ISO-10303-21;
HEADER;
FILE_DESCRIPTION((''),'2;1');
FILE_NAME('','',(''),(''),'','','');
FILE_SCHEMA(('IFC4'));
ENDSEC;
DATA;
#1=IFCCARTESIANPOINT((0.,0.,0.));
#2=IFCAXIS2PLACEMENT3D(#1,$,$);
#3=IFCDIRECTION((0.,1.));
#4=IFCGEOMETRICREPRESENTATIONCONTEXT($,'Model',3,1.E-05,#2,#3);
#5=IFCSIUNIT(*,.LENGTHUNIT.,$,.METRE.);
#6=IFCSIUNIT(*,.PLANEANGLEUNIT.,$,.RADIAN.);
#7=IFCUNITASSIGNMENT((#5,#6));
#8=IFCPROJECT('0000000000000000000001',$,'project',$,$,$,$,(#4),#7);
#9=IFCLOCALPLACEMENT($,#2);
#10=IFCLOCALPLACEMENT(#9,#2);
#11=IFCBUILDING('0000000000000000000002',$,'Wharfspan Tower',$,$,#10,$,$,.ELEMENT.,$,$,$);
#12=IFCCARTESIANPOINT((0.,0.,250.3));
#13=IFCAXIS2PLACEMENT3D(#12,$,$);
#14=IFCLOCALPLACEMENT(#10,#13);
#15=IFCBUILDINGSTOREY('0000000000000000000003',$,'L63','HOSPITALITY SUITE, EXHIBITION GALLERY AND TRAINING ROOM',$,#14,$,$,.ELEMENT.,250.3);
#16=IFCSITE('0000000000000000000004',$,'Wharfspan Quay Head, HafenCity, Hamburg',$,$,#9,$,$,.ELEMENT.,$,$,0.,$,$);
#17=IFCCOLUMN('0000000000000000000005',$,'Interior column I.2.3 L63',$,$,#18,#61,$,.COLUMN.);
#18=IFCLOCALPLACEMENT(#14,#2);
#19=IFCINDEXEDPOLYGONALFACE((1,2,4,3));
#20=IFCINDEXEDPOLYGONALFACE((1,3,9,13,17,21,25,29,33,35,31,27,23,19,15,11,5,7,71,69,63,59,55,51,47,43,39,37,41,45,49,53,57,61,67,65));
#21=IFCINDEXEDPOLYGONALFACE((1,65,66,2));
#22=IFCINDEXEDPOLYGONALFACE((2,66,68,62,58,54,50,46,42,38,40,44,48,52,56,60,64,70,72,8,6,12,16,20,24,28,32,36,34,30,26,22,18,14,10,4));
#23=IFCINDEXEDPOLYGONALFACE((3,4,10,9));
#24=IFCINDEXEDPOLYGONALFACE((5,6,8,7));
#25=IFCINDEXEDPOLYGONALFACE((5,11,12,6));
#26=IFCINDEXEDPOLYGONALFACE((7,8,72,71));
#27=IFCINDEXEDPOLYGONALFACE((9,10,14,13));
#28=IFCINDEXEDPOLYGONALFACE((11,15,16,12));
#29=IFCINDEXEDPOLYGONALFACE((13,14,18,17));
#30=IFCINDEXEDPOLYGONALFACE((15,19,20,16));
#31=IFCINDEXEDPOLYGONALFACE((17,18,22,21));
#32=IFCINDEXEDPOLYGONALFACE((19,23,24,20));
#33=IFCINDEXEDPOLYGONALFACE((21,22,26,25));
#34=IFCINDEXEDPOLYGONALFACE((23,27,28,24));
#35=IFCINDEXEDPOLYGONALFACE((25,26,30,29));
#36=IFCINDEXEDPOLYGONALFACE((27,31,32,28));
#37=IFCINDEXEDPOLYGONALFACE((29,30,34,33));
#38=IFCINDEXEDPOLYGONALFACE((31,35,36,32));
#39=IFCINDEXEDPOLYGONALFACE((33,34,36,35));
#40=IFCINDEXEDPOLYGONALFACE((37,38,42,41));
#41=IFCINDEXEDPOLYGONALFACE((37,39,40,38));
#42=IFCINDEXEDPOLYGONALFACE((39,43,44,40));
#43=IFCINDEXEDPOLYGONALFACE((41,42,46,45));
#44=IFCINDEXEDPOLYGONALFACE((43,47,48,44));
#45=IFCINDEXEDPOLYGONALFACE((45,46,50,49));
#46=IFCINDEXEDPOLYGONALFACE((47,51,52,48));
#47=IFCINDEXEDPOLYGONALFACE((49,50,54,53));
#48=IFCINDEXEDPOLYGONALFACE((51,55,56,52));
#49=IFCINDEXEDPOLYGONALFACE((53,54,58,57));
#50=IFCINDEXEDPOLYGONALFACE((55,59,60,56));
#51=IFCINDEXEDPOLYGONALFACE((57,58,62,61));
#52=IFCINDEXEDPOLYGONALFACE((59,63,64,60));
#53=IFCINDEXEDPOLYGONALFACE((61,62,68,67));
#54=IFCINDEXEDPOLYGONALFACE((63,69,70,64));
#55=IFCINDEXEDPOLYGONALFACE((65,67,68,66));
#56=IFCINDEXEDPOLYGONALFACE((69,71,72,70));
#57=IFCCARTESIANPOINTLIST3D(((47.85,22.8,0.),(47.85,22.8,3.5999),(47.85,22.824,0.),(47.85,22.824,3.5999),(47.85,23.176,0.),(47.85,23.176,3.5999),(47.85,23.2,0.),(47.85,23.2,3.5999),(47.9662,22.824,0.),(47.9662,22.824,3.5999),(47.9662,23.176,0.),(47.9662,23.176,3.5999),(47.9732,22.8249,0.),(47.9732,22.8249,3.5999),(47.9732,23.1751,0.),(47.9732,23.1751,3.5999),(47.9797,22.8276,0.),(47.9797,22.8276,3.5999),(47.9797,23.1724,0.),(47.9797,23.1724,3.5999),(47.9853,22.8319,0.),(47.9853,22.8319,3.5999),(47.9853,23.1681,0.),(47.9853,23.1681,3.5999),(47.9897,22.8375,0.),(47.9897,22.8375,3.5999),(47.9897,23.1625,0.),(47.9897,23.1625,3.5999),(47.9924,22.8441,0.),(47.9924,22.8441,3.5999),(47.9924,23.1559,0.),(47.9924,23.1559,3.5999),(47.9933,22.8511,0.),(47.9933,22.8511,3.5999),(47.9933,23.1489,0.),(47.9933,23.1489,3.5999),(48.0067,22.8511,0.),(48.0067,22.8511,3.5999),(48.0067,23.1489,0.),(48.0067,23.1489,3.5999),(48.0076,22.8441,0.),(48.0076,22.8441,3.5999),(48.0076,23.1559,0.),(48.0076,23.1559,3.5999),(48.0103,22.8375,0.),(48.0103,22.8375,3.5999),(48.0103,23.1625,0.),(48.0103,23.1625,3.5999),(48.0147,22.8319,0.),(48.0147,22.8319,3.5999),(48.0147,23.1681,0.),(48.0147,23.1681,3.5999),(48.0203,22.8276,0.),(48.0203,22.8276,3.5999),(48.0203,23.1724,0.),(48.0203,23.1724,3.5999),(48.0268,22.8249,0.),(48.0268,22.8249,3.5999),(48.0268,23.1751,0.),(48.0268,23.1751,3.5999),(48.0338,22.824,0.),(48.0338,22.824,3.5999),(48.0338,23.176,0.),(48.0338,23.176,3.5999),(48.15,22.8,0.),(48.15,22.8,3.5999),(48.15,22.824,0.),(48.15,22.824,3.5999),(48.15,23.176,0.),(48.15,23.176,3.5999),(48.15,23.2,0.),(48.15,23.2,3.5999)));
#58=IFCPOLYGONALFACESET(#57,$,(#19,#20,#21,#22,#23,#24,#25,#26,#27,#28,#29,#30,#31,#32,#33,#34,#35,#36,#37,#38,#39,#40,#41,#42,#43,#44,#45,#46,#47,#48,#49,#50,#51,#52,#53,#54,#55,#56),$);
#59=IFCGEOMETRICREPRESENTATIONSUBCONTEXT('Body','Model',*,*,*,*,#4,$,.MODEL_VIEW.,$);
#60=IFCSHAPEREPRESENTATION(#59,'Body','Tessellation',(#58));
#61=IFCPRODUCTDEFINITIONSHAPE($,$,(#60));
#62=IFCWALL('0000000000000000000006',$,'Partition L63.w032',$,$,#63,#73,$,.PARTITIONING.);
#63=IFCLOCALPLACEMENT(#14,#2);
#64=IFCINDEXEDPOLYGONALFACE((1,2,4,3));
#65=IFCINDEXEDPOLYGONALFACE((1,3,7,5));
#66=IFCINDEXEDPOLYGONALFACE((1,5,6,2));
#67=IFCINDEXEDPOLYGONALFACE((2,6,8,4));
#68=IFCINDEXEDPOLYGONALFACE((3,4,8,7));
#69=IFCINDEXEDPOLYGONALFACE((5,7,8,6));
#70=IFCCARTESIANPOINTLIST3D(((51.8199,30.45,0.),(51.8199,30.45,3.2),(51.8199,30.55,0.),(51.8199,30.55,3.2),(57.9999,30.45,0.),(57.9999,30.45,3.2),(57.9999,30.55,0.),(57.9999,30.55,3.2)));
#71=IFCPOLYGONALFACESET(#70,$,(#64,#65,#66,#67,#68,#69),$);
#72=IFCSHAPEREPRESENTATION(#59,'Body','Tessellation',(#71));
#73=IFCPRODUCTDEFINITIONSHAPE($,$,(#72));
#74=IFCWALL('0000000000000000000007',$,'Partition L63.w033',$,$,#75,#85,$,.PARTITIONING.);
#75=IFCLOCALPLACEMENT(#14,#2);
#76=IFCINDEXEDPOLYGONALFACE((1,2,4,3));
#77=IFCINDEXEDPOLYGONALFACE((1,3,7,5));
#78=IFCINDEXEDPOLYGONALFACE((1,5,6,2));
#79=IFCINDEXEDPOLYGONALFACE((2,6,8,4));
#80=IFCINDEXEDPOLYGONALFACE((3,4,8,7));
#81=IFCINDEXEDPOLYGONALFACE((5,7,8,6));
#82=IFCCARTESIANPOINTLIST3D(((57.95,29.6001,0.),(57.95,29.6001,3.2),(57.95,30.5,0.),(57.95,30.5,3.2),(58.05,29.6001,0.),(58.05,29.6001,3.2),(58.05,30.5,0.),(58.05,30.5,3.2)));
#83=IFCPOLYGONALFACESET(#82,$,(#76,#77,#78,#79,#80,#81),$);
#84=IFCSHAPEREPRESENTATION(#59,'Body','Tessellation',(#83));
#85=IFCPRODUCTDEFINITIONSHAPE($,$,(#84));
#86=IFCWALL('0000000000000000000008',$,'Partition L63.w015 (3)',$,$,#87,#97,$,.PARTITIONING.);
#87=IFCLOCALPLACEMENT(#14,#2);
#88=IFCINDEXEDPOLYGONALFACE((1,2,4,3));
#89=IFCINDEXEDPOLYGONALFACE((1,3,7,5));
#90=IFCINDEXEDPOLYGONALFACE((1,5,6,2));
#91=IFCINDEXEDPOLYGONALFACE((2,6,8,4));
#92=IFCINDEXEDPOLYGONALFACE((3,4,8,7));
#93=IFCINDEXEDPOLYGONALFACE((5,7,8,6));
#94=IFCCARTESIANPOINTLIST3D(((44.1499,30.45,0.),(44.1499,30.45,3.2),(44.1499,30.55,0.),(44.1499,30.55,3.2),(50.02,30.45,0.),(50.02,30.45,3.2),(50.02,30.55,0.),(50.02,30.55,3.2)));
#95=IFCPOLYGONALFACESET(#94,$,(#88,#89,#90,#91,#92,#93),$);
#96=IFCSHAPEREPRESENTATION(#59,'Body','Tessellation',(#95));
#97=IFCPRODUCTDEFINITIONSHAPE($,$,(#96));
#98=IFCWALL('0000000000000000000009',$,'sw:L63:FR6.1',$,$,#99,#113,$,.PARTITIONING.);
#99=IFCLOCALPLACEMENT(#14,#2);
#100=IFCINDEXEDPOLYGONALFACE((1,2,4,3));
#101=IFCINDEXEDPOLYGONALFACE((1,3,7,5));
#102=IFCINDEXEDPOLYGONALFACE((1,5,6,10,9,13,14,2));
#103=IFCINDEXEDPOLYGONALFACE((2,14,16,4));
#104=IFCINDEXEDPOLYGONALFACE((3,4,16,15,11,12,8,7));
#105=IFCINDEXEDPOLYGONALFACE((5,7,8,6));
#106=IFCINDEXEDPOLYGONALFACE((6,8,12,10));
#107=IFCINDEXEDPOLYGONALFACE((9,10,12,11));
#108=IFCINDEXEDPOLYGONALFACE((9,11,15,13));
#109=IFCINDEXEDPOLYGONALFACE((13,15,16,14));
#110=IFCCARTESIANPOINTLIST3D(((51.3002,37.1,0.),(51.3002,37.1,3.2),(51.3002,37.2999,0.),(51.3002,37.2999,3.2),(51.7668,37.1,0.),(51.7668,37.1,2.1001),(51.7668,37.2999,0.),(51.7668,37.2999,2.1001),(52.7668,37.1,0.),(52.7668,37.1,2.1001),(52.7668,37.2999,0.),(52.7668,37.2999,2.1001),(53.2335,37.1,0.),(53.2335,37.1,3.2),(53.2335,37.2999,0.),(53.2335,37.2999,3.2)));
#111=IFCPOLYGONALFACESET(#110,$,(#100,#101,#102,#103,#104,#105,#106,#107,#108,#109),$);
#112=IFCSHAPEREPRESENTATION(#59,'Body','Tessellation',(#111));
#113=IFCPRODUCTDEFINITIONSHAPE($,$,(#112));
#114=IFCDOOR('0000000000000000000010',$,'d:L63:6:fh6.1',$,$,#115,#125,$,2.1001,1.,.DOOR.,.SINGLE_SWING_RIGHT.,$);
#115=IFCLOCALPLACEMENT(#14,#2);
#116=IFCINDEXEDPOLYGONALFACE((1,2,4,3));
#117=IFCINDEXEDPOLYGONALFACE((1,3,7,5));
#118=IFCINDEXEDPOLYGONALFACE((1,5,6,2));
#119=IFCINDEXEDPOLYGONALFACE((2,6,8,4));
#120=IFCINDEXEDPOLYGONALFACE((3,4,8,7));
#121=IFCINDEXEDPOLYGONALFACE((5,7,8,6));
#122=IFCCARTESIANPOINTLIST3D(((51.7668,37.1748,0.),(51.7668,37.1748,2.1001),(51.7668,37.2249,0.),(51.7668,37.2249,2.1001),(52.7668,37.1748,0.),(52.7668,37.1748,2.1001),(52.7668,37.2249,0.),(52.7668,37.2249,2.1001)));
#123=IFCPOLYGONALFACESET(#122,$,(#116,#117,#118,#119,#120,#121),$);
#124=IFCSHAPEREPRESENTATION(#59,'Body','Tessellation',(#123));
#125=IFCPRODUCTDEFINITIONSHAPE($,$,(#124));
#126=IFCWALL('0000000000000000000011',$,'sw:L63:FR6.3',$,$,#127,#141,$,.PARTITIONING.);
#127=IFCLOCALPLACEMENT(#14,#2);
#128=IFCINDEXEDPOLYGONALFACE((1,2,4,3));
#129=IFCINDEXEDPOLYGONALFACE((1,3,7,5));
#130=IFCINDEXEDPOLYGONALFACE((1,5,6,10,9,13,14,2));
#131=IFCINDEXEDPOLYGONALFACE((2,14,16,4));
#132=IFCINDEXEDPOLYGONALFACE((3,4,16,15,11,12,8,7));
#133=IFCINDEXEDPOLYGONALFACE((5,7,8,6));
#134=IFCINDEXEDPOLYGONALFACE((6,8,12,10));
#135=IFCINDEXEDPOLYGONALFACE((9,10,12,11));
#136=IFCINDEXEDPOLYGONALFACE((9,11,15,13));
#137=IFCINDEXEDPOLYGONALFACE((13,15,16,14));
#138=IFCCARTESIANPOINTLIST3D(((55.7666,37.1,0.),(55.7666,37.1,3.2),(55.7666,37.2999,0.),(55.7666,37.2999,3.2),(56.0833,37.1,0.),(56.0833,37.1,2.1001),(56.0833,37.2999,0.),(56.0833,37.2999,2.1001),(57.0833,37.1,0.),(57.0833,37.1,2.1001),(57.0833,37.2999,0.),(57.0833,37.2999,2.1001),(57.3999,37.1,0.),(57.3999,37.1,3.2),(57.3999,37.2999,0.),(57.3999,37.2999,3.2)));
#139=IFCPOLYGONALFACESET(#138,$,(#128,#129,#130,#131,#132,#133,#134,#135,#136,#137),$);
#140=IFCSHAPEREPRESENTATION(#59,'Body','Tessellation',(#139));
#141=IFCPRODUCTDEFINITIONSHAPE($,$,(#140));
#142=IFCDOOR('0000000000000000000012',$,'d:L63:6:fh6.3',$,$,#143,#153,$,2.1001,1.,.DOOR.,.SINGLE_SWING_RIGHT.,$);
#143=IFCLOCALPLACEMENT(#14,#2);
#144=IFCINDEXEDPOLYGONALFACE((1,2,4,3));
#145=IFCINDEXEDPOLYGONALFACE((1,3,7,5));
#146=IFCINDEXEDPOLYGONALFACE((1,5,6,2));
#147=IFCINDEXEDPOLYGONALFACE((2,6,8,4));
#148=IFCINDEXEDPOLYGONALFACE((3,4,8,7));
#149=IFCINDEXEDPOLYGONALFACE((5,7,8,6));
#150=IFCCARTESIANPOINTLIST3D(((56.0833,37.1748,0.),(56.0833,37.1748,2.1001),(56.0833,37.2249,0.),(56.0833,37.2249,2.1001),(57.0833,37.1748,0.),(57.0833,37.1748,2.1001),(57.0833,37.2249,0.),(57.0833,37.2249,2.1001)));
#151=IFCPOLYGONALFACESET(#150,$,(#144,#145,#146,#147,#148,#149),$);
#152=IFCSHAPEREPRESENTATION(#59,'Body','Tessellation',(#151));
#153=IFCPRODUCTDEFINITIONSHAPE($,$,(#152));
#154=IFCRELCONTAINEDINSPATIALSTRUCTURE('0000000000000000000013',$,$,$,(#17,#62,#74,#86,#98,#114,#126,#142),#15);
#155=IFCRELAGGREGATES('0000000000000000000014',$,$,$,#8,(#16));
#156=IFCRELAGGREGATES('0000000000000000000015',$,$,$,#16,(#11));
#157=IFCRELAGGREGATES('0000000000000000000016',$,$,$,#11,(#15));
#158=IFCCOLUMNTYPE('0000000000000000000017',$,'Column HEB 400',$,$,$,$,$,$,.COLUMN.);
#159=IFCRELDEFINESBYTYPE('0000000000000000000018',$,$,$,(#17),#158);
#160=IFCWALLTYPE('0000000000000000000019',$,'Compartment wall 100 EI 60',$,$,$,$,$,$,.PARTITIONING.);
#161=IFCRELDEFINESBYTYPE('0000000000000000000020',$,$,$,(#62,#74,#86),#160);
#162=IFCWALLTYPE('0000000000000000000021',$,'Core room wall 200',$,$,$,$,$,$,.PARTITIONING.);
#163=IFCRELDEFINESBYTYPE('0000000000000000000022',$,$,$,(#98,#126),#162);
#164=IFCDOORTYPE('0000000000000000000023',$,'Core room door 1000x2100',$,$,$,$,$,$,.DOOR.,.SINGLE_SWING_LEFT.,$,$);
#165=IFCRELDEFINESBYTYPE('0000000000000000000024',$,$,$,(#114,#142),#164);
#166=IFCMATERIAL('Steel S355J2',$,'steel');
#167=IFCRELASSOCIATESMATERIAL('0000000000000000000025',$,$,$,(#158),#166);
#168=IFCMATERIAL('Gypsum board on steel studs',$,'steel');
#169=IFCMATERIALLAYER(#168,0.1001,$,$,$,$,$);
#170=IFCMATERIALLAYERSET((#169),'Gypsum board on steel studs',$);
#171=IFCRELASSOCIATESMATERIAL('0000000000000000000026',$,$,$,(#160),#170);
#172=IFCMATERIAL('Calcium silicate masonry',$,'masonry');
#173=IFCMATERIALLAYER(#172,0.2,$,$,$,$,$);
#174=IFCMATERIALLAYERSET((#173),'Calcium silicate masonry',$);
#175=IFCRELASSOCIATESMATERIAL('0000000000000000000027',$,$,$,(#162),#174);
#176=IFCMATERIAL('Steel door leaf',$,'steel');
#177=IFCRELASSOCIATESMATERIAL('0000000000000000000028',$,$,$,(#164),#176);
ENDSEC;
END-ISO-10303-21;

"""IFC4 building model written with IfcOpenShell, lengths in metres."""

from ifc_helpers import new_model, si_unit, direction, frame, frame_2d, origin, origin_2d, place, context, subcontext, project, spatial, rectangle, i_section, extrude, material, layer, layer_set, material_profile, profile_set, type_object, element, fill, save


model = new_model("IFC4")

# Units and contexts
model_context = context("Model", 3, precision=1e-05, world=origin(), true_north=direction((0.0, 1.0)))
body_context = subcontext(model_context, "Body", "Model", "MODEL_VIEW")
ifc_project = project(units=[si_unit("LENGTHUNIT", "METRE"), si_unit("PLANEANGLEUNIT", "RADIAN")], contexts=[model_context])

# Site, building, storey
site_placement = place(None, origin())
site = spatial("IfcSite", under=ifc_project, at=site_placement, Name="Wharfspan Quay Head, HafenCity, Hamburg", CompositionType="ELEMENT", RefElevation=0.0)
building_placement = place(site_placement, origin())
building = spatial("IfcBuilding", under=site, at=building_placement, Name="Wharfspan Tower", CompositionType="ELEMENT")
storey_placement = place(building_placement, frame((0.0, 0.0, 250.3)))
storey = spatial("IfcBuildingStorey", under=building, at=storey_placement, Name="L63", Description="HOSPITALITY SUITE, EXHIBITION GALLERY AND TRAINING ROOM", CompositionType="ELEMENT", Elevation=250.3)

# Column
ifc_material_1 = material(Name="Steel S355J2", Category="steel")
ifc_material_profile = material_profile(ifc_material_1, i_section(OverallWidth=0.3, OverallDepth=0.3999, WebThickness=0.0134, FlangeThickness=0.0239, FilletRadius=0.0271, at=origin_2d()))
ifc_profile_set = profile_set([ifc_material_profile], Name="Steel S355J2")
column_type = type_object("IfcColumnType", Name="Column HEB 400", PredefinedType="COLUMN", material=ifc_profile_set)
column_placement = place(storey_placement, frame((48.0, 23.0, 0.0), z_axis=(0.0, 0.0, 1.0), x_axis=(1.0, 0.0, 0.0)))
element("IfcColumn", 1, at=column_placement, inside=storey, type_object=column_type, Name="Interior column I.2.3 L63", PredefinedType="COLUMN", context=body_context, shape_type="SweptSolid", body=[
    extrude(i_section(OverallWidth=0.3, OverallDepth=0.3999, WebThickness=0.0134, FlangeThickness=0.0239, FilletRadius=0.0271, at=origin_2d()), origin(), (0.0, 0.0, 1.0), 3.5999),
])

# Walls
ifc_material_2 = material(Name="Gypsum board on steel studs", Category="steel")
ifc_layer_1 = layer(ifc_material_2, 0.1001)
ifc_layer_set_1 = layer_set([ifc_layer_1], Name="Gypsum board on steel studs")
wall_type_1 = type_object("IfcWallType", Name="Compartment wall 100 EI 60", PredefinedType="PARTITIONING", material=ifc_layer_set_1)
wall_1_placement = place(storey_placement, frame((51.8201, 30.5, 0.0), z_axis=(0.0, 0.0, 1.0), x_axis=(1.0, 0.0, 0.0)))
element("IfcWall", 2, at=wall_1_placement, inside=storey, type_object=wall_type_1, Name="Partition L63.w032", PredefinedType="PARTITIONING", context=body_context, shape_type="SweptSolid", body=[
    extrude(rectangle(XDim=6.1799, YDim=0.1001, at=frame_2d((3.0898, 0.0))), origin(), (0.0, 0.0, 1.0), 3.2),
])
wall_2_placement = place(storey_placement, frame((58.0, 29.6001, 0.0), z_axis=(0.0, 0.0, 1.0), x_axis=(0.0, 1.0, 0.0)))
element("IfcWall", 3, at=wall_2_placement, inside=storey, type_object=wall_type_1, Name="Partition L63.w033", PredefinedType="PARTITIONING", context=body_context, shape_type="SweptSolid", body=[
    extrude(rectangle(XDim=0.8999, YDim=0.1001, at=frame_2d((0.45, 0.0))), origin(), (0.0, 0.0, 1.0), 3.2),
])
wall_3_placement = place(storey_placement, frame((44.1499, 30.5, 0.0), z_axis=(0.0, 0.0, 1.0), x_axis=(1.0, 0.0, 0.0)))
element("IfcWall", 4, at=wall_3_placement, inside=storey, type_object=wall_type_1, Name="Partition L63.w015 (3)", PredefinedType="PARTITIONING", context=body_context, shape_type="SweptSolid", body=[
    extrude(rectangle(XDim=5.8701, YDim=0.1001, at=frame_2d((2.9351, 0.0))), origin(), (0.0, 0.0, 1.0), 3.2),
])

# Walls, openings, doors
ifc_material_3 = material(Name="Calcium silicate masonry", Category="masonry")
ifc_layer_2 = layer(ifc_material_3, 0.2)
ifc_layer_set_2 = layer_set([ifc_layer_2], Name="Calcium silicate masonry")
wall_type_2 = type_object("IfcWallType", Name="Core room wall 200", PredefinedType="PARTITIONING", material=ifc_layer_set_2)
wall_4_placement = place(storey_placement, frame((51.3, 37.2, 0.0), z_axis=(0.0, 0.0, 1.0), x_axis=(1.0, 0.0, 0.0)))
wall_4 = element("IfcWall", 5, at=wall_4_placement, inside=storey, type_object=wall_type_2, Name="sw:L63:FR6.1", PredefinedType="PARTITIONING", context=body_context, shape_type="SweptSolid", body=[
    extrude(rectangle(XDim=1.9333, YDim=0.2, at=frame_2d((0.9668, 0.0))), origin(), (0.0, 0.0, 1.0), 3.2),
])
opening_1_placement = place(wall_4_placement, frame((0.4668, 0.0, 0.0)))
opening_1 = element("IfcOpeningElement", 6, at=opening_1_placement, cuts=wall_4, PredefinedType="OPENING", context=body_context, shape_type="SweptSolid", body=[
    extrude(rectangle(XDim=1.0, YDim=2.1001, at=frame_2d((0.5, 1.05))), frame((0.0, 0.1099, 0.0), z_axis=(0.0, -1.0, 0.0), x_axis=(1.0, 0.0, 0.0)), (0.0, 0.0, 1.0), 0.22),
])
ifc_material_4 = material(Name="Steel door leaf", Category="steel")
door_type_1 = type_object("IfcDoorType", Name="Core room door 1000x2100", OperationType="SINGLE_SWING_LEFT", PredefinedType="DOOR", material=ifc_material_4)
door_1_placement = place(opening_1_placement, origin())
door_1 = element("IfcDoor", 7, at=door_1_placement, inside=storey, type_object=door_type_1, Name="d:L63:6:fh6.1", OperationType="SINGLE_SWING_RIGHT", OverallHeight=2.1001, OverallWidth=1.0, PredefinedType="DOOR", context=body_context, shape_type="SweptSolid", body=[
    extrude(rectangle(XDim=1.0, YDim=2.1001, at=frame_2d((0.5, 1.05))), frame((0.0, 0.0249, 0.0), z_axis=(0.0, -1.0, 0.0), x_axis=(1.0, 0.0, 0.0)), (0.0, 0.0, 1.0), 0.05),
])
fill(opening_1, door_1)
wall_5_placement = place(storey_placement, frame((55.7666, 37.2, 0.0), z_axis=(0.0, 0.0, 1.0), x_axis=(1.0, 0.0, 0.0)))
wall_5 = element("IfcWall", 8, at=wall_5_placement, inside=storey, type_object=wall_type_2, Name="sw:L63:FR6.3", PredefinedType="PARTITIONING", context=body_context, shape_type="SweptSolid", body=[
    extrude(rectangle(XDim=1.6333, YDim=0.2, at=frame_2d((0.8166, 0.0))), origin(), (0.0, 0.0, 1.0), 3.2),
])
opening_2_placement = place(wall_5_placement, frame((0.3166, 0.0, 0.0)))
opening_2 = element("IfcOpeningElement", 9, at=opening_2_placement, cuts=wall_5, PredefinedType="OPENING", context=body_context, shape_type="SweptSolid", body=[
    extrude(rectangle(XDim=1.0, YDim=2.1001, at=frame_2d((0.5, 1.05))), frame((0.0, 0.1099, 0.0), z_axis=(0.0, -1.0, 0.0), x_axis=(1.0, 0.0, 0.0)), (0.0, 0.0, 1.0), 0.22),
])
door_2_placement = place(opening_2_placement, origin())
door_2 = element("IfcDoor", 10, at=door_2_placement, inside=storey, type_object=door_type_1, Name="d:L63:6:fh6.3", OperationType="SINGLE_SWING_RIGHT", OverallHeight=2.1001, OverallWidth=1.0, PredefinedType="DOOR", context=body_context, shape_type="SweptSolid", body=[
    extrude(rectangle(XDim=1.0, YDim=2.1001, at=frame_2d((0.5, 1.05))), frame((0.0, 0.0249, 0.0), z_axis=(0.0, -1.0, 0.0), x_axis=(1.0, 0.0, 0.0)), (0.0, 0.0, 1.0), 0.05),
])
fill(opening_2, door_2)

save(model, "model.ifc")
